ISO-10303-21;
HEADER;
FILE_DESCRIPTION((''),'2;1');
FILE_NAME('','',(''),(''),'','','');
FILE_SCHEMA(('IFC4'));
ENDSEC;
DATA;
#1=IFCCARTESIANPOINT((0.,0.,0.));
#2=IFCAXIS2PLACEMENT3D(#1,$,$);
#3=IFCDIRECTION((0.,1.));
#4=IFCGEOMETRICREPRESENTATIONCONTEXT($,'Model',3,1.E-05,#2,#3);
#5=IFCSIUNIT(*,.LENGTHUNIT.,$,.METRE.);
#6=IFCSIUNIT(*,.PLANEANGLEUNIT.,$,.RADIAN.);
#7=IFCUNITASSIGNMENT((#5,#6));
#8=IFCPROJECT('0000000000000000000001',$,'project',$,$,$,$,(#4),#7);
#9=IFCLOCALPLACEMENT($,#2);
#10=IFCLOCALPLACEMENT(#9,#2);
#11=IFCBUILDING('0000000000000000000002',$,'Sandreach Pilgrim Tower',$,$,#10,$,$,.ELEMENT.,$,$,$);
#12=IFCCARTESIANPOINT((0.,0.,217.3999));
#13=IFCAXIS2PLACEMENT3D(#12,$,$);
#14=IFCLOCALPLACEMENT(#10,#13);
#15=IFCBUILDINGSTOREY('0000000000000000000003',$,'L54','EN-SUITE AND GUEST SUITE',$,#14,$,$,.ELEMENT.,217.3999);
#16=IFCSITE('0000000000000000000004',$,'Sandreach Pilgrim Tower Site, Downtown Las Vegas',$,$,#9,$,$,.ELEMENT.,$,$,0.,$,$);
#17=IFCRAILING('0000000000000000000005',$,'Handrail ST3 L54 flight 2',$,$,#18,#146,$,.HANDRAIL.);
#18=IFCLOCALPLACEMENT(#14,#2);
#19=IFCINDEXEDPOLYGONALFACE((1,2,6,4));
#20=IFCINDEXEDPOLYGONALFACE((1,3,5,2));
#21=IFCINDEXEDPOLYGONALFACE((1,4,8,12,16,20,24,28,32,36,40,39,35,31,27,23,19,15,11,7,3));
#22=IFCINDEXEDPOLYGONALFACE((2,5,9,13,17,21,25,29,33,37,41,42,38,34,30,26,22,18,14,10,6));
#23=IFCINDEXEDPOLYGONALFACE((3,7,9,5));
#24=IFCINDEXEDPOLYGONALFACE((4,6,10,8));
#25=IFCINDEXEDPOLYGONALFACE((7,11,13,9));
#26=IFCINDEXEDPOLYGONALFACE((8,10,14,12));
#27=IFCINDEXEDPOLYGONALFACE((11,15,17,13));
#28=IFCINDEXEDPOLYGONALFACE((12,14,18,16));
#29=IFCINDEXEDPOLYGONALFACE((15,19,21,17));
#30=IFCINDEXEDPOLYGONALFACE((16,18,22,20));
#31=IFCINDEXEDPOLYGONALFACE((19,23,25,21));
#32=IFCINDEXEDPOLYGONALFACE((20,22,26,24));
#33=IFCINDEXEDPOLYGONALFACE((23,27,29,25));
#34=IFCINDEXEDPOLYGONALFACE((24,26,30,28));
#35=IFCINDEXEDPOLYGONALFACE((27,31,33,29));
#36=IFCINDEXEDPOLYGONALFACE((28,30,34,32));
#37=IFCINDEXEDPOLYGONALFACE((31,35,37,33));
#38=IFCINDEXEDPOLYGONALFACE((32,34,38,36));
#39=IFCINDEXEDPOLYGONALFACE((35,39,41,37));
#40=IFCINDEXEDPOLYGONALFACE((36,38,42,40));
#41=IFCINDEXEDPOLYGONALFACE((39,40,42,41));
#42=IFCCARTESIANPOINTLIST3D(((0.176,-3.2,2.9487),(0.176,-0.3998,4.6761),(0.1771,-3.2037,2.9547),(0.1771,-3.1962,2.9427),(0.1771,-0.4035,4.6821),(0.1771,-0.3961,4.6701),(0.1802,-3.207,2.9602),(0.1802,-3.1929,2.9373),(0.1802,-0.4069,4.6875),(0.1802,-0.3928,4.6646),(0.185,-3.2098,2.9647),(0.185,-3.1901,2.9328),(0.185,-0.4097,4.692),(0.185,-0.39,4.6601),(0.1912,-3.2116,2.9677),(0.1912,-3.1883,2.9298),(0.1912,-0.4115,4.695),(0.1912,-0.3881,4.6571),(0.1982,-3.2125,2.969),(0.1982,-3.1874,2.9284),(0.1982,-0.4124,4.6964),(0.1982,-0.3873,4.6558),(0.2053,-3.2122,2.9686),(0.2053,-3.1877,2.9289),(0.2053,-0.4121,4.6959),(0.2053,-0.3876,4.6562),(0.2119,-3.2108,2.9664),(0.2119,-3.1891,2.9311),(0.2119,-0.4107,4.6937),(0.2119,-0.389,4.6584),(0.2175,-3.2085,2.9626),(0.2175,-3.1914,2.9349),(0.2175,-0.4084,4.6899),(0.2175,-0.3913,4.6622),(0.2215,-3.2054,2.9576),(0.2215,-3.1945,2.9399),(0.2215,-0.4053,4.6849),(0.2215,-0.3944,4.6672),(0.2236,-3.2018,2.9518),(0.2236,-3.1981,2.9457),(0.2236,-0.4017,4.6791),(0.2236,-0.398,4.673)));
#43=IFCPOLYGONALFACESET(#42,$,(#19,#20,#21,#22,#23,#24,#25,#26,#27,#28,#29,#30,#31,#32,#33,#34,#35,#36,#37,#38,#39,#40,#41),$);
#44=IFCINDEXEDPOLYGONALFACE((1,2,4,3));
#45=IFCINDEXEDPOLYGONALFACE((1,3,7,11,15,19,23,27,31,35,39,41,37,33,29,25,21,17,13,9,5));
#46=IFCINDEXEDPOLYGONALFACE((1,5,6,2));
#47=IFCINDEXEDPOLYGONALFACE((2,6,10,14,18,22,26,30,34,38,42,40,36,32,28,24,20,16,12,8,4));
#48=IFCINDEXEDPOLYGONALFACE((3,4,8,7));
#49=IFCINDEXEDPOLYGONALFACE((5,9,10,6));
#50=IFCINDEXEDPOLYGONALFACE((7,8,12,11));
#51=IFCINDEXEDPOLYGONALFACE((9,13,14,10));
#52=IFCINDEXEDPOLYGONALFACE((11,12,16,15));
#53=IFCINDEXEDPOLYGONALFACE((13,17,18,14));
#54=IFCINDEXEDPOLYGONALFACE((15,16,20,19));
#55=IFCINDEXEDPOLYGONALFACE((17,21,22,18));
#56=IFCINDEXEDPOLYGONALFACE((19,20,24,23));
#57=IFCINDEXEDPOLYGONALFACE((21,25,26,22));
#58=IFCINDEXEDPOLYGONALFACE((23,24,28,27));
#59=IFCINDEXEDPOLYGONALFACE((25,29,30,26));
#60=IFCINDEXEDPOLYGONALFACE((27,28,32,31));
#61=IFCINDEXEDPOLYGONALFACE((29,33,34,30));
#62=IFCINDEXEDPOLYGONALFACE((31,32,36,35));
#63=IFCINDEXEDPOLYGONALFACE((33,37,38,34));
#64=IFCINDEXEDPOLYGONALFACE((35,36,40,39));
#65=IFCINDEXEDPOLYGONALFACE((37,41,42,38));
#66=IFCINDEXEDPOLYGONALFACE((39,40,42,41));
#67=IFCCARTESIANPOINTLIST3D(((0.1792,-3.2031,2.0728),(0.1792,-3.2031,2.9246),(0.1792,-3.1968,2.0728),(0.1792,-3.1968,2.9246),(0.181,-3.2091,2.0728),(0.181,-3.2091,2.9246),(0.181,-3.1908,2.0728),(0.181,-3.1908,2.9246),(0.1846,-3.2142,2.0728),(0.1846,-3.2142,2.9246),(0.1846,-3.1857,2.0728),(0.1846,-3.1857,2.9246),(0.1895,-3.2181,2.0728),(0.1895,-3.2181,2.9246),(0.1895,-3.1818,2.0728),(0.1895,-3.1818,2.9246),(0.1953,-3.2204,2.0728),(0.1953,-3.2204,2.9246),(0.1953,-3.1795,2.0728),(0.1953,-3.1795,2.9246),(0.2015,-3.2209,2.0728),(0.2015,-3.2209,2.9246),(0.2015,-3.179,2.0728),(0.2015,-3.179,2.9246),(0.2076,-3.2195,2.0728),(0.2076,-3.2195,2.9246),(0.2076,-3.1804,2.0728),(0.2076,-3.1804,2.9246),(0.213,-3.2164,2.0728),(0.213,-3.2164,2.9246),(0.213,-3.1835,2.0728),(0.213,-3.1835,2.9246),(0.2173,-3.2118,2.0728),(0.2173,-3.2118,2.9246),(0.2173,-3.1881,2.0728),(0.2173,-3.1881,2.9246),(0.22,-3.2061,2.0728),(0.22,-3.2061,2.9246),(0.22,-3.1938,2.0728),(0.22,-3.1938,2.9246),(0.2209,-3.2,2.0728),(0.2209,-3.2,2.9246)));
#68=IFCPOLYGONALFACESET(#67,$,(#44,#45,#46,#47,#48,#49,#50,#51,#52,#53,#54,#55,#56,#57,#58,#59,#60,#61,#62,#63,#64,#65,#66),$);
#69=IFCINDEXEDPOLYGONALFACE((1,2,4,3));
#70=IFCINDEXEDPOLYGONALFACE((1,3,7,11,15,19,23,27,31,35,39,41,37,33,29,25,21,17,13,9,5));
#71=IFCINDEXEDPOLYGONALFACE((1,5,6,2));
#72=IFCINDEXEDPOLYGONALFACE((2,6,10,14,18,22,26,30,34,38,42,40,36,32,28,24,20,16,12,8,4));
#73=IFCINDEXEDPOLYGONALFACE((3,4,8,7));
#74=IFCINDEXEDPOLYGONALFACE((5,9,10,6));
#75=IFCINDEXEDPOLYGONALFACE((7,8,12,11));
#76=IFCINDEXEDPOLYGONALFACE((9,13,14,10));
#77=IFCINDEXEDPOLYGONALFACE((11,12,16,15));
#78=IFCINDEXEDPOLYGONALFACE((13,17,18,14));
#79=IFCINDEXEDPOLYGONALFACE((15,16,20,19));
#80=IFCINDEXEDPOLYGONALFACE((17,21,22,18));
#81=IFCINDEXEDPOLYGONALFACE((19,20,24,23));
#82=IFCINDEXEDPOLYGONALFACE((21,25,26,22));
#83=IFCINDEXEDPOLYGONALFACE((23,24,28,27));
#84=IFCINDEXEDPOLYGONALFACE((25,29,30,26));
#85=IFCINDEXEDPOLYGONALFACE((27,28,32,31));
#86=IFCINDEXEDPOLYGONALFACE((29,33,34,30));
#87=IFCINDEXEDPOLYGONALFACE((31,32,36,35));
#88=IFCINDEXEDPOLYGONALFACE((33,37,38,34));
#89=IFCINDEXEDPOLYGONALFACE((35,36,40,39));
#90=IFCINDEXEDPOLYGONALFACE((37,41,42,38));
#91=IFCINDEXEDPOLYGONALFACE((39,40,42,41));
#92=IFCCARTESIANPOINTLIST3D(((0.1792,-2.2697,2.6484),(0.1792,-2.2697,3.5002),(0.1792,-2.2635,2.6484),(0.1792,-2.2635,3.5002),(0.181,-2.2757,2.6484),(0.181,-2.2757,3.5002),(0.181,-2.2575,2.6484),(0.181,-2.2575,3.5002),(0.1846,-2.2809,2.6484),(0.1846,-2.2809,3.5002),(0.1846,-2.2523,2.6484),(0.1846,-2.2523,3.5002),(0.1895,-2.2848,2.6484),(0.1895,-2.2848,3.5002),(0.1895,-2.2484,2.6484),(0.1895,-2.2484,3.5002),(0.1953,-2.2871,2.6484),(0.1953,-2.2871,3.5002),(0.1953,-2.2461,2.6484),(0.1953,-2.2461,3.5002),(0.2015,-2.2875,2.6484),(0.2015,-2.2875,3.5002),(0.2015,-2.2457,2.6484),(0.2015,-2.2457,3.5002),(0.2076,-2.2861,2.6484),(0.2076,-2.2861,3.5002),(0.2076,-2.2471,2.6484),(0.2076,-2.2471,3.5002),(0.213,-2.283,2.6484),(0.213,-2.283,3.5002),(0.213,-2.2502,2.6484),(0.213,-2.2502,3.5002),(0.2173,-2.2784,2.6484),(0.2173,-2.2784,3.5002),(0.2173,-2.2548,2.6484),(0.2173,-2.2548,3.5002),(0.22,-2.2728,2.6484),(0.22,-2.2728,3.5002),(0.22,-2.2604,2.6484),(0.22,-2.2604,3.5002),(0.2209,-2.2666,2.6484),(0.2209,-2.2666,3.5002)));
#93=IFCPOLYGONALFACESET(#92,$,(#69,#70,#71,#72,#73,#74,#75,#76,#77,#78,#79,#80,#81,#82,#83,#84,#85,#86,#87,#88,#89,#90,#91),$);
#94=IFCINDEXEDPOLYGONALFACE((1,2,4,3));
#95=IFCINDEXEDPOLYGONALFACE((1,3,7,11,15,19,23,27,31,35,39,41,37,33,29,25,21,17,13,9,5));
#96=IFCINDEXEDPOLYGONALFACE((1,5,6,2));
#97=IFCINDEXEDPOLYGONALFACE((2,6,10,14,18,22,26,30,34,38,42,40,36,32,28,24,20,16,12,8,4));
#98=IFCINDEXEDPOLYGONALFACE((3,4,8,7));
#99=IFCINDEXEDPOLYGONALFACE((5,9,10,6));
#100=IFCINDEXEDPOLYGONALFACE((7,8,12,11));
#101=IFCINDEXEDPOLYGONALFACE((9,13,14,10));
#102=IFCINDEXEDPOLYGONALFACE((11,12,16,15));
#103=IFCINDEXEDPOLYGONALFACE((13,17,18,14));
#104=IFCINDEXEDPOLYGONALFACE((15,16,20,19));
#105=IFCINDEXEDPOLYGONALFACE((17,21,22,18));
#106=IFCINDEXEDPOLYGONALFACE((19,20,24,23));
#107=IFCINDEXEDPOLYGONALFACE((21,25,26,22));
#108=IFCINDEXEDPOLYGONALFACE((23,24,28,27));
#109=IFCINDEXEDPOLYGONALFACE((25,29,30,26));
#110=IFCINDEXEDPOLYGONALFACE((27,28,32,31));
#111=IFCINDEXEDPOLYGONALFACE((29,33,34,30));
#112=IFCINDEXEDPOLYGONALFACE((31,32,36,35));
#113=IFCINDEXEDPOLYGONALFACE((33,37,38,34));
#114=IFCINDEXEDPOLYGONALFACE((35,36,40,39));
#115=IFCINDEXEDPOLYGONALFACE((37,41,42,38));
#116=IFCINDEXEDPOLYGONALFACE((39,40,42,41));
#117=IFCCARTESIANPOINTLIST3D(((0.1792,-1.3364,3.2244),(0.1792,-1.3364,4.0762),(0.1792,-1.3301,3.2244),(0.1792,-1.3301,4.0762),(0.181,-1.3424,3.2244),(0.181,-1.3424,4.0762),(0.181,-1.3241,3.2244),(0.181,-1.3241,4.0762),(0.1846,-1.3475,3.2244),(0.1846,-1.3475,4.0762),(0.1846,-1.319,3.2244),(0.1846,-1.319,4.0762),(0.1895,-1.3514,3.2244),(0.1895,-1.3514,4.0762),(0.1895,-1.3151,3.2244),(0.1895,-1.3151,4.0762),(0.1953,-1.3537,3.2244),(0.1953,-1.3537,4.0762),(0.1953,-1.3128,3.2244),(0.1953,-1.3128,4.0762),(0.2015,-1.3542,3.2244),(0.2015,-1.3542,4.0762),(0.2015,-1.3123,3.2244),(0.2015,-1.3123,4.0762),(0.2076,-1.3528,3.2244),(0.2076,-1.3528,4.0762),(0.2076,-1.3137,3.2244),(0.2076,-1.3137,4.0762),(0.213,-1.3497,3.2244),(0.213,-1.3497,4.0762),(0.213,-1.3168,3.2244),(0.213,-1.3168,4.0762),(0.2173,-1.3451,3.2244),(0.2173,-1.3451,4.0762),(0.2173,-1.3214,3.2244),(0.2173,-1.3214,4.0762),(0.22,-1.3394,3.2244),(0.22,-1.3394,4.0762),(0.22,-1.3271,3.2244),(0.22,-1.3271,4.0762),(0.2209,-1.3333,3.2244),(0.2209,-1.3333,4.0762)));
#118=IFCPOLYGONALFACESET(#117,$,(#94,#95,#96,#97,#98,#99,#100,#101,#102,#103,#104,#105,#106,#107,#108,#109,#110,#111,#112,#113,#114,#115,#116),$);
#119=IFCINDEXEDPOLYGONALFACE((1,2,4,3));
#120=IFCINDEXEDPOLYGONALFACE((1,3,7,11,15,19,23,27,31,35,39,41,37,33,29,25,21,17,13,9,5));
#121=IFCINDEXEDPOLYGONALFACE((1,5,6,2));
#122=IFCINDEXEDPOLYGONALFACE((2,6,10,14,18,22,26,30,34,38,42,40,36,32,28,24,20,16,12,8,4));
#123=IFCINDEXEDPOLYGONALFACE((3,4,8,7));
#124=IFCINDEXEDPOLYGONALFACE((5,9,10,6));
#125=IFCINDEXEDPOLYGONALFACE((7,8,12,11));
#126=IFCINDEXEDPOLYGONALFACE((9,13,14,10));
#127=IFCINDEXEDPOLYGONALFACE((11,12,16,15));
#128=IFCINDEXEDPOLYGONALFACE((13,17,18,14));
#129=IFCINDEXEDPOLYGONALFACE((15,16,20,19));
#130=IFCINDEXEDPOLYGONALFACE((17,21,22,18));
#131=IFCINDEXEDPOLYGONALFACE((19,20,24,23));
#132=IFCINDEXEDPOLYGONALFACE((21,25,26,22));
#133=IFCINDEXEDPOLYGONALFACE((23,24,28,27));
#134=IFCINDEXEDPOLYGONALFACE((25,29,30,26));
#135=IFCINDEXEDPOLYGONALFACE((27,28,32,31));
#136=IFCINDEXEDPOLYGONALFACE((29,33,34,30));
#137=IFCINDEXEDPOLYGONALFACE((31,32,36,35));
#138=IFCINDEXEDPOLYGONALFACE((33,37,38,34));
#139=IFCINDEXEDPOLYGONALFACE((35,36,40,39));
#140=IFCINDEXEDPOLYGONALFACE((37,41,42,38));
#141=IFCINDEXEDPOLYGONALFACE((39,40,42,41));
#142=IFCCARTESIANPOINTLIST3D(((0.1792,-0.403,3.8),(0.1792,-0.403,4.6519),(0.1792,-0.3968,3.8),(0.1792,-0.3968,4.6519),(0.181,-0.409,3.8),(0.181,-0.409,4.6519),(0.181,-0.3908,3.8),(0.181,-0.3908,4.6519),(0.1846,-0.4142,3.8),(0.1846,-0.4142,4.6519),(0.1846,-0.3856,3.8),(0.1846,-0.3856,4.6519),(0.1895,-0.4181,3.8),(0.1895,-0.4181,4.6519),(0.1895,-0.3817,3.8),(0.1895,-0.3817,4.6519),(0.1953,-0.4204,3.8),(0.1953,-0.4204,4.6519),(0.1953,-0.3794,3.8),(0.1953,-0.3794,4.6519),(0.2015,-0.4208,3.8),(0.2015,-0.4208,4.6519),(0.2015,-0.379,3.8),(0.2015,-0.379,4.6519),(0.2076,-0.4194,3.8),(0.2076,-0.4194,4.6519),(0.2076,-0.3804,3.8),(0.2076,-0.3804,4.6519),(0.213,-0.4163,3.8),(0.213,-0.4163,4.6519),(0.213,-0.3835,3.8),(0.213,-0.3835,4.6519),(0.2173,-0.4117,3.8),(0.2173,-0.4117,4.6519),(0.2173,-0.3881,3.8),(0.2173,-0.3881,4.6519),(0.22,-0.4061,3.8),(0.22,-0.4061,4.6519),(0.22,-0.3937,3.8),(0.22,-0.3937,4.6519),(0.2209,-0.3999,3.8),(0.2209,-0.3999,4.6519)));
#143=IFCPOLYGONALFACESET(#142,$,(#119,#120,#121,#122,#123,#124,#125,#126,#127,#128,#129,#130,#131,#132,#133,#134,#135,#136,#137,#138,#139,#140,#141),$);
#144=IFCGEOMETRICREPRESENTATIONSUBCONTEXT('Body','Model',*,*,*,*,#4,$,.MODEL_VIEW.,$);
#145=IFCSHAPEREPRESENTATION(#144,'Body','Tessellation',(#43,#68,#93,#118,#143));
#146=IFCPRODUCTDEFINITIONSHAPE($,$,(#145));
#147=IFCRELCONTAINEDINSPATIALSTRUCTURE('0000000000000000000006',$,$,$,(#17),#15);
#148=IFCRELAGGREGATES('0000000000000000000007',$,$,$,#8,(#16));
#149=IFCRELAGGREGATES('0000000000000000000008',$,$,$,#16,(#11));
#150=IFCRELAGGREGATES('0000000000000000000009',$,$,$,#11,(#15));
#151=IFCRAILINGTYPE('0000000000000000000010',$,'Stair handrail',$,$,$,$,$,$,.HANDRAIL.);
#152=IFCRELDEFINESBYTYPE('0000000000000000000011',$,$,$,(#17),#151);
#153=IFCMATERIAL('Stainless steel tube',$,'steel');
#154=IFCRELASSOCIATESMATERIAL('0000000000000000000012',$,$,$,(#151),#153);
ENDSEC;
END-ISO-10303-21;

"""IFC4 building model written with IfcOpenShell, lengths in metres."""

from ifc_helpers import new_model, si_unit, direction, frame, origin, origin_2d, place, context, subcontext, project, spatial, circle, extrude, material, type_object, element, save


model = new_model("IFC4")

# Units and contexts
model_context = context("Model", 3, precision=1e-05, world=origin(), true_north=direction((0.0, 1.0)))
body_context = subcontext(model_context, "Body", "Model", "MODEL_VIEW")
ifc_project = project(units=[si_unit("LENGTHUNIT", "METRE"), si_unit("PLANEANGLEUNIT", "RADIAN")], contexts=[model_context])

# Site, building, storey
site_placement = place(None, origin())
site = spatial("IfcSite", under=ifc_project, at=site_placement, Name="Sandreach Pilgrim Tower Site, Downtown Las Vegas", CompositionType="ELEMENT", RefElevation=0.0)
building_placement = place(site_placement, origin())
building = spatial("IfcBuilding", under=site, at=building_placement, Name="Sandreach Pilgrim Tower", CompositionType="ELEMENT")
storey_placement = place(building_placement, frame((0.0, 0.0, 217.3999)))
storey = spatial("IfcBuildingStorey", under=building, at=storey_placement, Name="L54", Description="EN-SUITE AND GUEST SUITE", CompositionType="ELEMENT", Elevation=217.3999)

# Railing
ifc_material_1 = material(Name="Stainless steel tube", Category="steel")
railing_type = type_object("IfcRailingType", Name="Stair handrail", PredefinedType="HANDRAIL", material=ifc_material_1)
for number, where, name in (
    (1, (0.2, -3.2, 2.0728), "Handrail ST3 L54 flight 2"),
):
    element("IfcRailing", number, at=place(storey_placement, frame(where)), inside=storey, type_object=railing_type, Name=name, PredefinedType="HANDRAIL", context=body_context, shape_type="SweptSolid", body=[
        extrude(circle(Radius=0.0239, at=origin_2d()), frame((0.0, 0.0, 0.876), z_axis=(0.0, 0.85109, 0.52502), x_axis=(-1.0, 0.0, 0.0)), (0.0, 0.0, 1.0), 3.29),
        extrude(circle(Radius=0.021, at=origin_2d()), origin(), (0.0, 0.0, 1.0), 0.8518),
        extrude(circle(Radius=0.021, at=origin_2d()), frame((0.0, 0.9333, 0.5757)), (0.0, 0.0, 1.0), 0.8518),
        extrude(circle(Radius=0.021, at=origin_2d()), frame((0.0, 1.8667, 1.1516)), (0.0, 0.0, 1.0), 0.8518),
        extrude(circle(Radius=0.021, at=origin_2d()), frame((0.0, 2.8, 1.7273)), (0.0, 0.0, 1.0), 0.8518),
    ])

save(model, "model.ifc")
